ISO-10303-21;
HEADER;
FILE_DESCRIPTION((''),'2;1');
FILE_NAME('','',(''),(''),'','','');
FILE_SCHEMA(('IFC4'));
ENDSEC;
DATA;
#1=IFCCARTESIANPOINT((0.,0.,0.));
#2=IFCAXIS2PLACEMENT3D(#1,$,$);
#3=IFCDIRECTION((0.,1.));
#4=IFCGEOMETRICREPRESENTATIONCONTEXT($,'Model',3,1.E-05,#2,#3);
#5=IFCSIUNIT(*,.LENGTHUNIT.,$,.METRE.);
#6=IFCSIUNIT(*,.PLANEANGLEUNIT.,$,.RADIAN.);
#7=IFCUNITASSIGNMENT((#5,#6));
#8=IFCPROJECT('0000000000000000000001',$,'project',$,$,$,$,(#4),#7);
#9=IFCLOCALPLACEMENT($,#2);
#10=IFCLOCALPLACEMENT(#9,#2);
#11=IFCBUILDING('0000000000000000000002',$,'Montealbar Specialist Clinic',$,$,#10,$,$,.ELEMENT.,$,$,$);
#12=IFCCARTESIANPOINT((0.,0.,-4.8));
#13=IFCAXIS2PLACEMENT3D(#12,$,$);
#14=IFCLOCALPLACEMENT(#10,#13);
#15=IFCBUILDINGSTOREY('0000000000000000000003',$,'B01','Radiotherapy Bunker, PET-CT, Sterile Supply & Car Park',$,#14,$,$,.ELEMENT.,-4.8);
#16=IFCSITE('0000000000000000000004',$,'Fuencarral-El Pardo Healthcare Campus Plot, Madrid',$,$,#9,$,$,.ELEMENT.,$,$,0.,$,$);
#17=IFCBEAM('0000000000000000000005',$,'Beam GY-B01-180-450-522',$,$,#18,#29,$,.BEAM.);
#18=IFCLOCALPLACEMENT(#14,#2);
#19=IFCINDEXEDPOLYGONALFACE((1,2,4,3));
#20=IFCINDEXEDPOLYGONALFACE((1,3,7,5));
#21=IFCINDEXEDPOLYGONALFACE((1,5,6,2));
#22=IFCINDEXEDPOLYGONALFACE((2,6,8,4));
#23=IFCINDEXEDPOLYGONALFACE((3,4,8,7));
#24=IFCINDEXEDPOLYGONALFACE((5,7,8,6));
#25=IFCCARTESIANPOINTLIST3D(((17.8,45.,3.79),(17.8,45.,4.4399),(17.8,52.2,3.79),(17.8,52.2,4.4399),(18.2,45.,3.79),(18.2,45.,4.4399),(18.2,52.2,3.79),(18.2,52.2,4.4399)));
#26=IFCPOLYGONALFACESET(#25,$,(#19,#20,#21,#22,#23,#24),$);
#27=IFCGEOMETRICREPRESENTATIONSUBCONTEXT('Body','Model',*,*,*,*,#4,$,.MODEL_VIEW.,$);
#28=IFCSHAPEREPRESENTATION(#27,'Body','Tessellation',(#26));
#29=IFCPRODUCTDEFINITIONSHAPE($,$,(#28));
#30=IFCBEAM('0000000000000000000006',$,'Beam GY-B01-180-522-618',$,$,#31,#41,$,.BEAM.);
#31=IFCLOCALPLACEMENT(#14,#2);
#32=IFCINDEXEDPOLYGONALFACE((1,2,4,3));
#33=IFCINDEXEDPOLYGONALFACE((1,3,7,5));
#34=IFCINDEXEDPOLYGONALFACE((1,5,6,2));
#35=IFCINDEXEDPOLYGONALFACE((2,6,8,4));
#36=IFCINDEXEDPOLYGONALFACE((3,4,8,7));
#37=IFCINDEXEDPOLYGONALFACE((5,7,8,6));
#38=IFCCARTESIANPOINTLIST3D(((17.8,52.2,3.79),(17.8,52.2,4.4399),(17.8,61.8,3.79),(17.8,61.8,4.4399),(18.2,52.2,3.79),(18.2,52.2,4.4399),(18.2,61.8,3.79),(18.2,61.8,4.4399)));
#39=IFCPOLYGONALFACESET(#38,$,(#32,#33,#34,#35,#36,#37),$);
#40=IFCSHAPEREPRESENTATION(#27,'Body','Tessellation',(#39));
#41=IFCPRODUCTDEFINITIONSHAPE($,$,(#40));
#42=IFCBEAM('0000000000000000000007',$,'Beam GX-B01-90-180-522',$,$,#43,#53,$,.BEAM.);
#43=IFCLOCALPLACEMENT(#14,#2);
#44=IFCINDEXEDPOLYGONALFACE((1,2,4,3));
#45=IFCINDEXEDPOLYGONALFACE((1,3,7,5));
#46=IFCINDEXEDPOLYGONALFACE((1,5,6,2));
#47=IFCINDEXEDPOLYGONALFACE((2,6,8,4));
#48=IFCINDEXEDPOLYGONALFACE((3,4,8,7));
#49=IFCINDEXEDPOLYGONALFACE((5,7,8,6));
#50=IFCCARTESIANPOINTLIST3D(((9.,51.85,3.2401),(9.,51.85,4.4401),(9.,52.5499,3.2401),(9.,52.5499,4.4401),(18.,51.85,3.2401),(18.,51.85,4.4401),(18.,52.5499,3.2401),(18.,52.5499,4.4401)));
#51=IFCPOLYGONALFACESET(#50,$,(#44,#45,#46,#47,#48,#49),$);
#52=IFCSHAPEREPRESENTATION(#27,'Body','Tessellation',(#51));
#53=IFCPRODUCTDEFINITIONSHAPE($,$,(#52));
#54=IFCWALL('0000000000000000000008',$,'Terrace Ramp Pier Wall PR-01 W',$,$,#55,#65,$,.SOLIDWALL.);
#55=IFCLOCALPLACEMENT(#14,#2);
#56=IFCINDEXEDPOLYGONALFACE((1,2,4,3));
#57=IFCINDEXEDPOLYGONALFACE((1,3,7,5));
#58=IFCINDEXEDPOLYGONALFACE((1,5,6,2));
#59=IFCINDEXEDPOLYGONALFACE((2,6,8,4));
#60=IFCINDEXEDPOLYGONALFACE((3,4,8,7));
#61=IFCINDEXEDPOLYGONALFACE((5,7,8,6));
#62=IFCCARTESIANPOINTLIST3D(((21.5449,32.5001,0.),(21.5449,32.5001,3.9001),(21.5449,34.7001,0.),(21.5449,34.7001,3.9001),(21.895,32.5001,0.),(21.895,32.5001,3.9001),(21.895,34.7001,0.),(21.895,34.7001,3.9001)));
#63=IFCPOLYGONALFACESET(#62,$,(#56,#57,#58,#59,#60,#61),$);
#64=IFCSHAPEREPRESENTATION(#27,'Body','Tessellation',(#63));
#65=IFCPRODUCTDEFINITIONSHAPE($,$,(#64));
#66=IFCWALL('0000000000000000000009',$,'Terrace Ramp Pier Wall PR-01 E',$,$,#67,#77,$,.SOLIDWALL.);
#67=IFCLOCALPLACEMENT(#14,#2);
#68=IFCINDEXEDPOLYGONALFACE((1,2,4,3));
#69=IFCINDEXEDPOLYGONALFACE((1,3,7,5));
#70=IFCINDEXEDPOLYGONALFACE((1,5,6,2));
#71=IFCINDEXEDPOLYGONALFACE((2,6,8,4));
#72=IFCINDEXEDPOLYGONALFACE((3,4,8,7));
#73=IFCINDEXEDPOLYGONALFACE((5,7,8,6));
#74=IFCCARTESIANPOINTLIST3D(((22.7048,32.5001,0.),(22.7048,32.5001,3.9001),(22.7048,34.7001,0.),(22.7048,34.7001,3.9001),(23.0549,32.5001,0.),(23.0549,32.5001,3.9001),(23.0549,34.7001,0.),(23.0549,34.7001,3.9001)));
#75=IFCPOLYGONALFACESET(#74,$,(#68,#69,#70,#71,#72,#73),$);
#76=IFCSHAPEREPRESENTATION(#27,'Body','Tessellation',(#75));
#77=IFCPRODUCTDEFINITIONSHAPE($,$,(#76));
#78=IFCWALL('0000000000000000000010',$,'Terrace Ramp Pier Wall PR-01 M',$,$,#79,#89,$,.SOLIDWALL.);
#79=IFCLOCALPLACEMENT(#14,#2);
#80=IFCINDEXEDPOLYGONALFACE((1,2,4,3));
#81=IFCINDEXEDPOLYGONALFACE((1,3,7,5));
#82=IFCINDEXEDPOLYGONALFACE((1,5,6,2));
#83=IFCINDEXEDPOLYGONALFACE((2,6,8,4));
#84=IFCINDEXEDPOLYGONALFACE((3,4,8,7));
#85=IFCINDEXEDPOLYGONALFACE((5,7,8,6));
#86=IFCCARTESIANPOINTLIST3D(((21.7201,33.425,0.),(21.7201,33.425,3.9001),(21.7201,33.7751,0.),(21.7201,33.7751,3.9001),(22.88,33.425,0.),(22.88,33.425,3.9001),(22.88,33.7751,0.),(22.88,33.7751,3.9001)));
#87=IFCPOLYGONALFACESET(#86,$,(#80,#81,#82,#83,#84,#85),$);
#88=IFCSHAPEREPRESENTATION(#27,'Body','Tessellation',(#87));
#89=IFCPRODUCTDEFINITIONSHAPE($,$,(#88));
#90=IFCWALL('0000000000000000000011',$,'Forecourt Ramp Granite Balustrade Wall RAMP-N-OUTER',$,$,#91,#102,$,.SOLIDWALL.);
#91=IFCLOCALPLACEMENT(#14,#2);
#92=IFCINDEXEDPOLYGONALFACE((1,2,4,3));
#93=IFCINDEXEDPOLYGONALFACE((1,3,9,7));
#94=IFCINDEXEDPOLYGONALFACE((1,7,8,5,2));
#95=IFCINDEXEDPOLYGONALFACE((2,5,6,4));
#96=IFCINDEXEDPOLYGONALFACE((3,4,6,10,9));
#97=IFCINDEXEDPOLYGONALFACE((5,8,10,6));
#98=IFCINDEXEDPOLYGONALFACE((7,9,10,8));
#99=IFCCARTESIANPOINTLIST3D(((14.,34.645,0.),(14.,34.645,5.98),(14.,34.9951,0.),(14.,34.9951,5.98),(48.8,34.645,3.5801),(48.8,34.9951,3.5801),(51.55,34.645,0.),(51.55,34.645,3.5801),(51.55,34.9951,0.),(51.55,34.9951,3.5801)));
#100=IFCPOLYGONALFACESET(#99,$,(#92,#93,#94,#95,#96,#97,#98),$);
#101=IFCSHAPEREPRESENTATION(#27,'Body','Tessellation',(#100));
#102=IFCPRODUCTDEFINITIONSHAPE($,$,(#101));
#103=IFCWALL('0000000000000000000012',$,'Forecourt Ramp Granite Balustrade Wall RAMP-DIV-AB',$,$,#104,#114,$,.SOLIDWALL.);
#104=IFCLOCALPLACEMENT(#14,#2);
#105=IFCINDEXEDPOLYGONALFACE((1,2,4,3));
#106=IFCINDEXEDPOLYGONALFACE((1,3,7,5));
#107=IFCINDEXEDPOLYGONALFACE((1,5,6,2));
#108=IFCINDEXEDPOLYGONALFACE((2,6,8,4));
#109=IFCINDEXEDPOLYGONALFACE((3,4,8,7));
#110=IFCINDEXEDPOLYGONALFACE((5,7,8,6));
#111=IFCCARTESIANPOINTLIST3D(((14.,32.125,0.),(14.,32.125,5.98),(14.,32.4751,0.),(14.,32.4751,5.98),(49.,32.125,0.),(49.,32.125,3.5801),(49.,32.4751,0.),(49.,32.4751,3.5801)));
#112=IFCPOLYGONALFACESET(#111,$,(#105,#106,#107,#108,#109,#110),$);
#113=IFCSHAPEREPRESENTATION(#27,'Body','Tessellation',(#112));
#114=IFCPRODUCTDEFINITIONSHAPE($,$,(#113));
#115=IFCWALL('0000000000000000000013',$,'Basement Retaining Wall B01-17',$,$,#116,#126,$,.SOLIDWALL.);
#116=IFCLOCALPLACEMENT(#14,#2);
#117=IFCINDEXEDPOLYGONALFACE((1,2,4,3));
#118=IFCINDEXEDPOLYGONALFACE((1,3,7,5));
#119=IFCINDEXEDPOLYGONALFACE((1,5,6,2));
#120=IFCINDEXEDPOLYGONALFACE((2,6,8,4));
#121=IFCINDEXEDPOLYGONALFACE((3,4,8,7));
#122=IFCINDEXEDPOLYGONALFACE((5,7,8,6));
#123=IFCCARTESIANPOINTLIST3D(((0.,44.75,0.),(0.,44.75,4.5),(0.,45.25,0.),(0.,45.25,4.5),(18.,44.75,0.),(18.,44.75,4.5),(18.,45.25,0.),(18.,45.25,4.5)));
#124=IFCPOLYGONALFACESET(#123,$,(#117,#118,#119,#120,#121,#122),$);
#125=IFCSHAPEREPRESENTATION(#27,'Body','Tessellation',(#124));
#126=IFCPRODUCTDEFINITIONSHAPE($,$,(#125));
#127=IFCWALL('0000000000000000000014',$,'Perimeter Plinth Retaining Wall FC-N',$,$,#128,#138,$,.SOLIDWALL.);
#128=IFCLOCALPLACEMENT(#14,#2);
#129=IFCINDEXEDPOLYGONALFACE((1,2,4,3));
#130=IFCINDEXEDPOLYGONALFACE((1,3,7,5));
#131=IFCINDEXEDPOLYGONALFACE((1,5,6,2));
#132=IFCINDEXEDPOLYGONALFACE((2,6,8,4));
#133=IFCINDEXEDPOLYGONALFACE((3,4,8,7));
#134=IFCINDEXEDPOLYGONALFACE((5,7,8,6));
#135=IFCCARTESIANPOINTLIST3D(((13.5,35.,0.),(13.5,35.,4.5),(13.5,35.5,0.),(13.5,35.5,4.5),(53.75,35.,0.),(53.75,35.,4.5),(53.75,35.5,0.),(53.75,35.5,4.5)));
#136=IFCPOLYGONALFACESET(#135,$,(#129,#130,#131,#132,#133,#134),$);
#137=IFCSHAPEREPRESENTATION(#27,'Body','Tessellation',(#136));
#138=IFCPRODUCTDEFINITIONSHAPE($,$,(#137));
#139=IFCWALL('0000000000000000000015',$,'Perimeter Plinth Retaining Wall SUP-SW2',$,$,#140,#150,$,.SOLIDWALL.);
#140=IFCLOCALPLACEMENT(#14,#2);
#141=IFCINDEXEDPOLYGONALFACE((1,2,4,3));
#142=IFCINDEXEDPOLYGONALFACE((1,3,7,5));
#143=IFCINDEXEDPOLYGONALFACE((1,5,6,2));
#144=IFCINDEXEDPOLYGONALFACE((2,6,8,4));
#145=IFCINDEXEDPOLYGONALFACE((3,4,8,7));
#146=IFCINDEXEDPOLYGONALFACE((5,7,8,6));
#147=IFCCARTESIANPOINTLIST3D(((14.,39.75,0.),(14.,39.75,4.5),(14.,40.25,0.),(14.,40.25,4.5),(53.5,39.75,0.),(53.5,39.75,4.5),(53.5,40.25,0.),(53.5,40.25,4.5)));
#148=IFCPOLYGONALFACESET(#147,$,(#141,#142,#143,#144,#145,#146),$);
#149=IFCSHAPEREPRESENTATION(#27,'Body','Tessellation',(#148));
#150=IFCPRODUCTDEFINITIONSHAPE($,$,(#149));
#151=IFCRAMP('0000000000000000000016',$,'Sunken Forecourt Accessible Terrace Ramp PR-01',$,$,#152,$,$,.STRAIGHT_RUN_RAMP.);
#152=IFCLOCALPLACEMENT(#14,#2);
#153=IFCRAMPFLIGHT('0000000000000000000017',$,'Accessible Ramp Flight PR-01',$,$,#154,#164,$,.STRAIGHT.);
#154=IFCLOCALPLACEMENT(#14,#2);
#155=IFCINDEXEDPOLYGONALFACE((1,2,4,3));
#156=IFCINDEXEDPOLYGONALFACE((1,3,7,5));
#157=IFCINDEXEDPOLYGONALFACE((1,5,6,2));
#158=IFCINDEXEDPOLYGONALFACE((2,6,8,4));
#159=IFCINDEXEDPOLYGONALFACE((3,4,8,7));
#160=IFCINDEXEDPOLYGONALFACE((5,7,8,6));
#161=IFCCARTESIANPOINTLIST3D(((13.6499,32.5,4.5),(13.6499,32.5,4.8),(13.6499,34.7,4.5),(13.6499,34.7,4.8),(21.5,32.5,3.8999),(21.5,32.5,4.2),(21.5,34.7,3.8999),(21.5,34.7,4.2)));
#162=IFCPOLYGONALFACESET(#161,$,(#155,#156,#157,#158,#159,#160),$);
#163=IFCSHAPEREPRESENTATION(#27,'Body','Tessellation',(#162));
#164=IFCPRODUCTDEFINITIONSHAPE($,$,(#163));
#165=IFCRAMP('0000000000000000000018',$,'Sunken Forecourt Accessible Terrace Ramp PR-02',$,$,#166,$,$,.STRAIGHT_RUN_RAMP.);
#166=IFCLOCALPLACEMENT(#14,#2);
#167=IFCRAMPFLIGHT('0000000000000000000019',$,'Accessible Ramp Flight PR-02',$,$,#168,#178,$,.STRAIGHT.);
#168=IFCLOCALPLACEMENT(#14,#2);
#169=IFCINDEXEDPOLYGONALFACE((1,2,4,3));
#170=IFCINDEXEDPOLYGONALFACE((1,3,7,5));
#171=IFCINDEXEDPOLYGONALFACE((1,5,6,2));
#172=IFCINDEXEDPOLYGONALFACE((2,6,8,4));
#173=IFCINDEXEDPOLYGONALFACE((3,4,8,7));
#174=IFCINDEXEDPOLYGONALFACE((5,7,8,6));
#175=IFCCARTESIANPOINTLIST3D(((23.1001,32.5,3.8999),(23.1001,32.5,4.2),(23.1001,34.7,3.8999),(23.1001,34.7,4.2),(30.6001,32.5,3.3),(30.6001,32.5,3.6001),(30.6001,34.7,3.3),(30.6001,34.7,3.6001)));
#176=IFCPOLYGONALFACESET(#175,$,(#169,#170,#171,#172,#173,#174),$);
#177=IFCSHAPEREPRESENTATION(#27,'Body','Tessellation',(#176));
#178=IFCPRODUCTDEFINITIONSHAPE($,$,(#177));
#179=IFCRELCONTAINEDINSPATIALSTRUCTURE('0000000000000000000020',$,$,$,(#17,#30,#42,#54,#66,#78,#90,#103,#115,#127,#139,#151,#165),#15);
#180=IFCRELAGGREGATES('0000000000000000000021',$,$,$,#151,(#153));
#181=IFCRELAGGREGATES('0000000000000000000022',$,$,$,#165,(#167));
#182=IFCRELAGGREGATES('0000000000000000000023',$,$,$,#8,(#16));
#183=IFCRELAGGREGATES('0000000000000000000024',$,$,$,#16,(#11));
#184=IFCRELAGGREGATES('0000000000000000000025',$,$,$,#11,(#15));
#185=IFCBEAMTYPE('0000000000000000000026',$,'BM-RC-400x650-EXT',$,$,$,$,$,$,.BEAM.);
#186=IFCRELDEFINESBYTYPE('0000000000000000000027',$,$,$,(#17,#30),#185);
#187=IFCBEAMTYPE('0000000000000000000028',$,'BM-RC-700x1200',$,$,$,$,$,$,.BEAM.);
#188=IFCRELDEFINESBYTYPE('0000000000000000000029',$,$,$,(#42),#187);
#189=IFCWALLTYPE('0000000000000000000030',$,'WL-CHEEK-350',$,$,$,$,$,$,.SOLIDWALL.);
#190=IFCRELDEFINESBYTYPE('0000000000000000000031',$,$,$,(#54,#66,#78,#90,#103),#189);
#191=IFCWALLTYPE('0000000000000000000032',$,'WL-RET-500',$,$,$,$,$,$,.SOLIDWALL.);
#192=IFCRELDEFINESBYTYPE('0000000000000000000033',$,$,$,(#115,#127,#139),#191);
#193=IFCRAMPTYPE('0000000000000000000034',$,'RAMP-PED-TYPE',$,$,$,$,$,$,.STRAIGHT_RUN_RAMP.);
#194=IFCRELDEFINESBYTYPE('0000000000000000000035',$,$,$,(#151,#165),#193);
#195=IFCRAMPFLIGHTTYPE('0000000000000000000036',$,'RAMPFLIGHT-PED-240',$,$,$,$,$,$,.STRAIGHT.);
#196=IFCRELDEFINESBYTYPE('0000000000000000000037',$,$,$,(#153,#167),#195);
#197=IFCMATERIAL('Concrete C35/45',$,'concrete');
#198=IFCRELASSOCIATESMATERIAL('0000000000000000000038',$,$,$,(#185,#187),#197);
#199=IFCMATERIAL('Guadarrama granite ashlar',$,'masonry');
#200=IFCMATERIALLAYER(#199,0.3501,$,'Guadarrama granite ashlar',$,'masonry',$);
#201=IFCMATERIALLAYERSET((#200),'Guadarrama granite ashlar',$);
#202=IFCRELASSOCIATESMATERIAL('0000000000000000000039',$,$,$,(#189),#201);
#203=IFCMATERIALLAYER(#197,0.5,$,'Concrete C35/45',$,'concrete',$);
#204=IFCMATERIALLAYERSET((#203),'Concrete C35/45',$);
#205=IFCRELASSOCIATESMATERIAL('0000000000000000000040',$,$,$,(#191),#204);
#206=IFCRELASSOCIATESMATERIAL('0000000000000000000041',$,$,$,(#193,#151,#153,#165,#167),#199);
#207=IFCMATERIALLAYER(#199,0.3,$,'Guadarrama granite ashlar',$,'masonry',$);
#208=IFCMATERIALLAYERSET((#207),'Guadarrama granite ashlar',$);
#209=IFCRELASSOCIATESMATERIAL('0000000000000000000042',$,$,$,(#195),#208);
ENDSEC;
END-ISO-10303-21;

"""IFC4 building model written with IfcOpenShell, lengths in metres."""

from ifc_helpers import new_model, si_unit, direction, frame, frame_2d, origin, origin_2d, place, context, subcontext, project, spatial, polyline, rectangle, outline, extrude, material, layer, layer_set, material_profile, profile_set, type_object, element, aggregate, save


model = new_model("IFC4")

# Units and contexts
model_context = context("Model", 3, precision=1e-05, world=origin(), true_north=direction((0.0, 1.0)))
body_context = subcontext(model_context, "Body", "Model", "MODEL_VIEW")
ifc_project = project(units=[si_unit("LENGTHUNIT", "METRE"), si_unit("PLANEANGLEUNIT", "RADIAN")], contexts=[model_context])

# Site, building, storey
site_placement = place(None, origin())
site = spatial("IfcSite", under=ifc_project, at=site_placement, Name="Fuencarral-El Pardo Healthcare Campus Plot, Madrid", CompositionType="ELEMENT", RefElevation=0.0)
building_placement = place(site_placement, origin())
building = spatial("IfcBuilding", under=site, at=building_placement, Name="Montealbar Specialist Clinic", CompositionType="ELEMENT")
storey_placement = place(building_placement, frame((0.0, 0.0, -4.8)))
storey = spatial("IfcBuildingStorey", under=building, at=storey_placement, Name="B01", Description="Radiotherapy Bunker, PET-CT, Sterile Supply & Car Park", CompositionType="ELEMENT", Elevation=-4.8)

# Shared definitions
ifc_material_1 = material(Name="Concrete C35/45", Category="concrete")

# Beams
ifc_material_profile_1 = material_profile(ifc_material_1, rectangle(XDim=0.3999, YDim=0.6499, at=origin_2d()), Name="RC 400x650", Category="concrete")
ifc_profile_set_1 = profile_set([ifc_material_profile_1], Name="Concrete C35/45")
beam_type_1 = type_object("IfcBeamType", Name="BM-RC-400x650-EXT", PredefinedType="BEAM", material=ifc_profile_set_1)
beam_1_placement = place(storey_placement, frame((18.0, 45.0, 4.115), z_axis=(0.0, 1.0, 0.0), x_axis=(-1.0, 0.0, 0.0)))
element("IfcBeam", 1, at=beam_1_placement, inside=storey, type_object=beam_type_1, Name="Beam GY-B01-180-450-522", PredefinedType="BEAM", context=body_context, shape_type="SweptSolid", body=[
    extrude(rectangle(XDim=0.3999, YDim=0.6499, at=origin_2d()), origin(), (0.0, 0.0, 1.0), 7.2),
])
beam_2_placement = place(storey_placement, frame((18.0, 52.2, 4.115), z_axis=(0.0, 1.0, 0.0), x_axis=(-1.0, 0.0, 0.0)))
element("IfcBeam", 2, at=beam_2_placement, inside=storey, type_object=beam_type_1, Name="Beam GY-B01-180-522-618", PredefinedType="BEAM", context=body_context, shape_type="SweptSolid", body=[
    extrude(rectangle(XDim=0.3999, YDim=0.6499, at=origin_2d()), origin(), (0.0, 0.0, 1.0), 9.6001),
])
ifc_material_profile_2 = material_profile(ifc_material_1, rectangle(XDim=0.7, YDim=1.2, at=origin_2d()), Name="RC 700x1200", Category="concrete")
ifc_profile_set_2 = profile_set([ifc_material_profile_2], Name="Concrete C35/45")
beam_type_2 = type_object("IfcBeamType", Name="BM-RC-700x1200", PredefinedType="BEAM", material=ifc_profile_set_2)
beam_3_placement = place(storey_placement, frame((9.0, 52.2, 3.8401), z_axis=(1.0, 0.0, 0.0), x_axis=(0.0, 1.0, 0.0)))
element("IfcBeam", 3, at=beam_3_placement, inside=storey, type_object=beam_type_2, Name="Beam GX-B01-90-180-522", PredefinedType="BEAM", context=body_context, shape_type="SweptSolid", body=[
    extrude(rectangle(XDim=0.7, YDim=1.2, at=origin_2d()), origin(), (0.0, 0.0, 1.0), 9.0),
])

# Walls
ifc_material_2 = material(Name="Guadarrama granite ashlar", Category="masonry")
ifc_layer_1 = layer(ifc_material_2, 0.3501, Name="Guadarrama granite ashlar", Category="masonry")
ifc_layer_set_1 = layer_set([ifc_layer_1], Name="Guadarrama granite ashlar")
wall_type_1 = type_object("IfcWallType", Name="WL-CHEEK-350", PredefinedType="SOLIDWALL", material=ifc_layer_set_1)
for number, where, z_axis, x_axis, name in (
    (4, (21.72, 32.5, 0.0), (0.0, 0.0, 1.0), (0.0, 1.0, 0.0), "Terrace Ramp Pier Wall PR-01 W"),
    (5, (22.8799, 32.5, 0.0), (0.0, 0.0, 1.0), (0.0, 1.0, 0.0), "Terrace Ramp Pier Wall PR-01 E"),
):
    element("IfcWall", number, at=place(storey_placement, frame(where, z_axis=z_axis, x_axis=x_axis)), inside=storey, type_object=wall_type_1, Name=name, PredefinedType="SOLIDWALL", context=body_context, shape_type="SweptSolid", body=[
        extrude(rectangle(XDim=2.2, YDim=0.3501, at=frame_2d((1.1001, 0.0))), origin(), (0.0, 0.0, 1.0), 3.9001),
    ])
wall_1_placement = place(storey_placement, frame((21.72, 33.6001, 0.0), z_axis=(0.0, 0.0, 1.0), x_axis=(1.0, 0.0, 0.0)))
element("IfcWall", 6, at=wall_1_placement, inside=storey, type_object=wall_type_1, Name="Terrace Ramp Pier Wall PR-01 M", PredefinedType="SOLIDWALL", context=body_context, shape_type="SweptSolid", body=[
    extrude(rectangle(XDim=1.1599, YDim=0.3501, at=frame_2d((0.5801, 0.0))), origin(), (0.0, 0.0, 1.0), 3.9001),
])
wall_2_placement = place(storey_placement, frame((14.0, 34.8201, 0.0), z_axis=(0.0, 0.0, 1.0), x_axis=(1.0, 0.0, 0.0)))
element("IfcWall", 7, at=wall_2_placement, inside=storey, type_object=wall_type_1, Name="Forecourt Ramp Granite Balustrade Wall RAMP-N-OUTER", PredefinedType="SOLIDWALL", context=body_context, shape_type="SweptSolid", body=[
    extrude(outline(polyline([(0.0, 0.0), (37.55, 0.0), (37.55, 3.5801), (34.8, 3.5801), (0.0, 5.98), (0.0, 0.0)])), frame((0.0, 0.175, 0.0), z_axis=(0.0, -1.0, 0.0), x_axis=(1.0, 0.0, 0.0)), (0.0, 0.0, 1.0), 0.3501),
])
wall_3_placement = place(storey_placement, frame((14.0, 32.3, 0.0), z_axis=(0.0, 0.0, 1.0), x_axis=(1.0, 0.0, 0.0)))
element("IfcWall", 8, at=wall_3_placement, inside=storey, type_object=wall_type_1, Name="Forecourt Ramp Granite Balustrade Wall RAMP-DIV-AB", PredefinedType="SOLIDWALL", context=body_context, shape_type="SweptSolid", body=[
    extrude(outline(polyline([(0.0, 0.0), (35.0, 0.0), (35.0, 3.5801), (0.0, 5.98), (0.0, 0.0)])), frame((0.0, 0.175, 0.0), z_axis=(0.0, -1.0, 0.0), x_axis=(1.0, 0.0, 0.0)), (0.0, 0.0, 1.0), 0.3501),
])
ifc_layer_2 = layer(ifc_material_1, 0.5, Name="Concrete C35/45", Category="concrete")
ifc_layer_set_2 = layer_set([ifc_layer_2], Name="Concrete C35/45")
wall_type_2 = type_object("IfcWallType", Name="WL-RET-500", PredefinedType="SOLIDWALL", material=ifc_layer_set_2)
wall_4_placement = place(storey_placement, frame((18.0, 45.0, 0.0), z_axis=(0.0, 0.0, 1.0), x_axis=(-1.0, 0.0, 0.0)))
element("IfcWall", 9, at=wall_4_placement, inside=storey, type_object=wall_type_2, Name="Basement Retaining Wall B01-17", PredefinedType="SOLIDWALL", context=body_context, shape_type="SweptSolid", body=[
    extrude(rectangle(XDim=18.0, YDim=0.5, at=frame_2d((9.0, 0.0))), origin(), (0.0, 0.0, 1.0), 4.5),
])
wall_5_placement = place(storey_placement, frame((13.5, 35.25, 0.0), z_axis=(0.0, 0.0, 1.0), x_axis=(1.0, 0.0, 0.0)))
element("IfcWall", 10, at=wall_5_placement, inside=storey, type_object=wall_type_2, Name="Perimeter Plinth Retaining Wall FC-N", PredefinedType="SOLIDWALL", context=body_context, shape_type="SweptSolid", body=[
    extrude(rectangle(XDim=40.25, YDim=0.5, at=frame_2d((20.125, 0.0))), origin(), (0.0, 0.0, 1.0), 4.5),
])
wall_6_placement = place(storey_placement, frame((14.0, 40.0, 0.0), z_axis=(0.0, 0.0, 1.0), x_axis=(1.0, 0.0, 0.0)))
element("IfcWall", 11, at=wall_6_placement, inside=storey, type_object=wall_type_2, Name="Perimeter Plinth Retaining Wall SUP-SW2", PredefinedType="SOLIDWALL", context=body_context, shape_type="SweptSolid", body=[
    extrude(rectangle(XDim=39.5, YDim=0.5, at=frame_2d((19.75, 0.0))), origin(), (0.0, 0.0, 1.0), 4.5),
])

# Ramps, ramp flights
ramp_type = type_object("IfcRampType", Name="RAMP-PED-TYPE", PredefinedType="STRAIGHT_RUN_RAMP", material=ifc_material_2)
ramp_1_placement = place(storey_placement, origin())
ramp_1 = element("IfcRamp", 12, at=ramp_1_placement, inside=storey, type_object=ramp_type, material=ifc_material_2, Name="Sunken Forecourt Accessible Terrace Ramp PR-01", PredefinedType="STRAIGHT_RUN_RAMP")
ifc_layer_3 = layer(ifc_material_2, 0.3, Name="Guadarrama granite ashlar", Category="masonry")
ifc_layer_set_3 = layer_set([ifc_layer_3], Name="Guadarrama granite ashlar")
ramp_flight_type = type_object("IfcRampFlightType", Name="RAMPFLIGHT-PED-240", PredefinedType="STRAIGHT", material=ifc_layer_set_3)
ramp_flight_1_placement = place(storey_placement, frame((21.5, 33.6001, 4.2), z_axis=(0.0, 0.0, 1.0), x_axis=(-1.0, 0.0, 0.0)))
ramp_flight_1 = element("IfcRampFlight", 13, at=ramp_flight_1_placement, type_object=ramp_flight_type, material=ifc_material_2, Name="Accessible Ramp Flight PR-01", PredefinedType="STRAIGHT", context=body_context, shape_type="SweptSolid", body=[
    extrude(outline(polyline([(0.0, -0.3), (7.8501, 0.3), (7.8501, 0.6001), (0.0, 0.0), (0.0, -0.3)])), frame((0.0, 1.1001, 0.0), z_axis=(0.0, -1.0, 0.0), x_axis=(1.0, 0.0, 0.0)), (0.0, 0.0, 1.0), 2.2),
])
aggregate(ramp_1, [ramp_flight_1])
ramp_2_placement = place(storey_placement, origin())
ramp_2 = element("IfcRamp", 14, at=ramp_2_placement, inside=storey, type_object=ramp_type, material=ifc_material_2, Name="Sunken Forecourt Accessible Terrace Ramp PR-02", PredefinedType="STRAIGHT_RUN_RAMP")
ramp_flight_2_placement = place(storey_placement, frame((30.6001, 33.6001, 3.6001), z_axis=(0.0, 0.0, 1.0), x_axis=(-1.0, 0.0, 0.0)))
ramp_flight_2 = element("IfcRampFlight", 15, at=ramp_flight_2_placement, type_object=ramp_flight_type, material=ifc_material_2, Name="Accessible Ramp Flight PR-02", PredefinedType="STRAIGHT", context=body_context, shape_type="SweptSolid", body=[
    extrude(outline(polyline([(0.0, -0.3), (7.5, 0.2998), (7.5, 0.5999), (0.0, 0.0), (0.0, -0.3)])), frame((0.0, 1.1001, 0.0), z_axis=(0.0, -1.0, 0.0), x_axis=(1.0, 0.0, 0.0)), (0.0, 0.0, 1.0), 2.2),
])
aggregate(ramp_2, [ramp_flight_2])

save(model, "model.ifc")
